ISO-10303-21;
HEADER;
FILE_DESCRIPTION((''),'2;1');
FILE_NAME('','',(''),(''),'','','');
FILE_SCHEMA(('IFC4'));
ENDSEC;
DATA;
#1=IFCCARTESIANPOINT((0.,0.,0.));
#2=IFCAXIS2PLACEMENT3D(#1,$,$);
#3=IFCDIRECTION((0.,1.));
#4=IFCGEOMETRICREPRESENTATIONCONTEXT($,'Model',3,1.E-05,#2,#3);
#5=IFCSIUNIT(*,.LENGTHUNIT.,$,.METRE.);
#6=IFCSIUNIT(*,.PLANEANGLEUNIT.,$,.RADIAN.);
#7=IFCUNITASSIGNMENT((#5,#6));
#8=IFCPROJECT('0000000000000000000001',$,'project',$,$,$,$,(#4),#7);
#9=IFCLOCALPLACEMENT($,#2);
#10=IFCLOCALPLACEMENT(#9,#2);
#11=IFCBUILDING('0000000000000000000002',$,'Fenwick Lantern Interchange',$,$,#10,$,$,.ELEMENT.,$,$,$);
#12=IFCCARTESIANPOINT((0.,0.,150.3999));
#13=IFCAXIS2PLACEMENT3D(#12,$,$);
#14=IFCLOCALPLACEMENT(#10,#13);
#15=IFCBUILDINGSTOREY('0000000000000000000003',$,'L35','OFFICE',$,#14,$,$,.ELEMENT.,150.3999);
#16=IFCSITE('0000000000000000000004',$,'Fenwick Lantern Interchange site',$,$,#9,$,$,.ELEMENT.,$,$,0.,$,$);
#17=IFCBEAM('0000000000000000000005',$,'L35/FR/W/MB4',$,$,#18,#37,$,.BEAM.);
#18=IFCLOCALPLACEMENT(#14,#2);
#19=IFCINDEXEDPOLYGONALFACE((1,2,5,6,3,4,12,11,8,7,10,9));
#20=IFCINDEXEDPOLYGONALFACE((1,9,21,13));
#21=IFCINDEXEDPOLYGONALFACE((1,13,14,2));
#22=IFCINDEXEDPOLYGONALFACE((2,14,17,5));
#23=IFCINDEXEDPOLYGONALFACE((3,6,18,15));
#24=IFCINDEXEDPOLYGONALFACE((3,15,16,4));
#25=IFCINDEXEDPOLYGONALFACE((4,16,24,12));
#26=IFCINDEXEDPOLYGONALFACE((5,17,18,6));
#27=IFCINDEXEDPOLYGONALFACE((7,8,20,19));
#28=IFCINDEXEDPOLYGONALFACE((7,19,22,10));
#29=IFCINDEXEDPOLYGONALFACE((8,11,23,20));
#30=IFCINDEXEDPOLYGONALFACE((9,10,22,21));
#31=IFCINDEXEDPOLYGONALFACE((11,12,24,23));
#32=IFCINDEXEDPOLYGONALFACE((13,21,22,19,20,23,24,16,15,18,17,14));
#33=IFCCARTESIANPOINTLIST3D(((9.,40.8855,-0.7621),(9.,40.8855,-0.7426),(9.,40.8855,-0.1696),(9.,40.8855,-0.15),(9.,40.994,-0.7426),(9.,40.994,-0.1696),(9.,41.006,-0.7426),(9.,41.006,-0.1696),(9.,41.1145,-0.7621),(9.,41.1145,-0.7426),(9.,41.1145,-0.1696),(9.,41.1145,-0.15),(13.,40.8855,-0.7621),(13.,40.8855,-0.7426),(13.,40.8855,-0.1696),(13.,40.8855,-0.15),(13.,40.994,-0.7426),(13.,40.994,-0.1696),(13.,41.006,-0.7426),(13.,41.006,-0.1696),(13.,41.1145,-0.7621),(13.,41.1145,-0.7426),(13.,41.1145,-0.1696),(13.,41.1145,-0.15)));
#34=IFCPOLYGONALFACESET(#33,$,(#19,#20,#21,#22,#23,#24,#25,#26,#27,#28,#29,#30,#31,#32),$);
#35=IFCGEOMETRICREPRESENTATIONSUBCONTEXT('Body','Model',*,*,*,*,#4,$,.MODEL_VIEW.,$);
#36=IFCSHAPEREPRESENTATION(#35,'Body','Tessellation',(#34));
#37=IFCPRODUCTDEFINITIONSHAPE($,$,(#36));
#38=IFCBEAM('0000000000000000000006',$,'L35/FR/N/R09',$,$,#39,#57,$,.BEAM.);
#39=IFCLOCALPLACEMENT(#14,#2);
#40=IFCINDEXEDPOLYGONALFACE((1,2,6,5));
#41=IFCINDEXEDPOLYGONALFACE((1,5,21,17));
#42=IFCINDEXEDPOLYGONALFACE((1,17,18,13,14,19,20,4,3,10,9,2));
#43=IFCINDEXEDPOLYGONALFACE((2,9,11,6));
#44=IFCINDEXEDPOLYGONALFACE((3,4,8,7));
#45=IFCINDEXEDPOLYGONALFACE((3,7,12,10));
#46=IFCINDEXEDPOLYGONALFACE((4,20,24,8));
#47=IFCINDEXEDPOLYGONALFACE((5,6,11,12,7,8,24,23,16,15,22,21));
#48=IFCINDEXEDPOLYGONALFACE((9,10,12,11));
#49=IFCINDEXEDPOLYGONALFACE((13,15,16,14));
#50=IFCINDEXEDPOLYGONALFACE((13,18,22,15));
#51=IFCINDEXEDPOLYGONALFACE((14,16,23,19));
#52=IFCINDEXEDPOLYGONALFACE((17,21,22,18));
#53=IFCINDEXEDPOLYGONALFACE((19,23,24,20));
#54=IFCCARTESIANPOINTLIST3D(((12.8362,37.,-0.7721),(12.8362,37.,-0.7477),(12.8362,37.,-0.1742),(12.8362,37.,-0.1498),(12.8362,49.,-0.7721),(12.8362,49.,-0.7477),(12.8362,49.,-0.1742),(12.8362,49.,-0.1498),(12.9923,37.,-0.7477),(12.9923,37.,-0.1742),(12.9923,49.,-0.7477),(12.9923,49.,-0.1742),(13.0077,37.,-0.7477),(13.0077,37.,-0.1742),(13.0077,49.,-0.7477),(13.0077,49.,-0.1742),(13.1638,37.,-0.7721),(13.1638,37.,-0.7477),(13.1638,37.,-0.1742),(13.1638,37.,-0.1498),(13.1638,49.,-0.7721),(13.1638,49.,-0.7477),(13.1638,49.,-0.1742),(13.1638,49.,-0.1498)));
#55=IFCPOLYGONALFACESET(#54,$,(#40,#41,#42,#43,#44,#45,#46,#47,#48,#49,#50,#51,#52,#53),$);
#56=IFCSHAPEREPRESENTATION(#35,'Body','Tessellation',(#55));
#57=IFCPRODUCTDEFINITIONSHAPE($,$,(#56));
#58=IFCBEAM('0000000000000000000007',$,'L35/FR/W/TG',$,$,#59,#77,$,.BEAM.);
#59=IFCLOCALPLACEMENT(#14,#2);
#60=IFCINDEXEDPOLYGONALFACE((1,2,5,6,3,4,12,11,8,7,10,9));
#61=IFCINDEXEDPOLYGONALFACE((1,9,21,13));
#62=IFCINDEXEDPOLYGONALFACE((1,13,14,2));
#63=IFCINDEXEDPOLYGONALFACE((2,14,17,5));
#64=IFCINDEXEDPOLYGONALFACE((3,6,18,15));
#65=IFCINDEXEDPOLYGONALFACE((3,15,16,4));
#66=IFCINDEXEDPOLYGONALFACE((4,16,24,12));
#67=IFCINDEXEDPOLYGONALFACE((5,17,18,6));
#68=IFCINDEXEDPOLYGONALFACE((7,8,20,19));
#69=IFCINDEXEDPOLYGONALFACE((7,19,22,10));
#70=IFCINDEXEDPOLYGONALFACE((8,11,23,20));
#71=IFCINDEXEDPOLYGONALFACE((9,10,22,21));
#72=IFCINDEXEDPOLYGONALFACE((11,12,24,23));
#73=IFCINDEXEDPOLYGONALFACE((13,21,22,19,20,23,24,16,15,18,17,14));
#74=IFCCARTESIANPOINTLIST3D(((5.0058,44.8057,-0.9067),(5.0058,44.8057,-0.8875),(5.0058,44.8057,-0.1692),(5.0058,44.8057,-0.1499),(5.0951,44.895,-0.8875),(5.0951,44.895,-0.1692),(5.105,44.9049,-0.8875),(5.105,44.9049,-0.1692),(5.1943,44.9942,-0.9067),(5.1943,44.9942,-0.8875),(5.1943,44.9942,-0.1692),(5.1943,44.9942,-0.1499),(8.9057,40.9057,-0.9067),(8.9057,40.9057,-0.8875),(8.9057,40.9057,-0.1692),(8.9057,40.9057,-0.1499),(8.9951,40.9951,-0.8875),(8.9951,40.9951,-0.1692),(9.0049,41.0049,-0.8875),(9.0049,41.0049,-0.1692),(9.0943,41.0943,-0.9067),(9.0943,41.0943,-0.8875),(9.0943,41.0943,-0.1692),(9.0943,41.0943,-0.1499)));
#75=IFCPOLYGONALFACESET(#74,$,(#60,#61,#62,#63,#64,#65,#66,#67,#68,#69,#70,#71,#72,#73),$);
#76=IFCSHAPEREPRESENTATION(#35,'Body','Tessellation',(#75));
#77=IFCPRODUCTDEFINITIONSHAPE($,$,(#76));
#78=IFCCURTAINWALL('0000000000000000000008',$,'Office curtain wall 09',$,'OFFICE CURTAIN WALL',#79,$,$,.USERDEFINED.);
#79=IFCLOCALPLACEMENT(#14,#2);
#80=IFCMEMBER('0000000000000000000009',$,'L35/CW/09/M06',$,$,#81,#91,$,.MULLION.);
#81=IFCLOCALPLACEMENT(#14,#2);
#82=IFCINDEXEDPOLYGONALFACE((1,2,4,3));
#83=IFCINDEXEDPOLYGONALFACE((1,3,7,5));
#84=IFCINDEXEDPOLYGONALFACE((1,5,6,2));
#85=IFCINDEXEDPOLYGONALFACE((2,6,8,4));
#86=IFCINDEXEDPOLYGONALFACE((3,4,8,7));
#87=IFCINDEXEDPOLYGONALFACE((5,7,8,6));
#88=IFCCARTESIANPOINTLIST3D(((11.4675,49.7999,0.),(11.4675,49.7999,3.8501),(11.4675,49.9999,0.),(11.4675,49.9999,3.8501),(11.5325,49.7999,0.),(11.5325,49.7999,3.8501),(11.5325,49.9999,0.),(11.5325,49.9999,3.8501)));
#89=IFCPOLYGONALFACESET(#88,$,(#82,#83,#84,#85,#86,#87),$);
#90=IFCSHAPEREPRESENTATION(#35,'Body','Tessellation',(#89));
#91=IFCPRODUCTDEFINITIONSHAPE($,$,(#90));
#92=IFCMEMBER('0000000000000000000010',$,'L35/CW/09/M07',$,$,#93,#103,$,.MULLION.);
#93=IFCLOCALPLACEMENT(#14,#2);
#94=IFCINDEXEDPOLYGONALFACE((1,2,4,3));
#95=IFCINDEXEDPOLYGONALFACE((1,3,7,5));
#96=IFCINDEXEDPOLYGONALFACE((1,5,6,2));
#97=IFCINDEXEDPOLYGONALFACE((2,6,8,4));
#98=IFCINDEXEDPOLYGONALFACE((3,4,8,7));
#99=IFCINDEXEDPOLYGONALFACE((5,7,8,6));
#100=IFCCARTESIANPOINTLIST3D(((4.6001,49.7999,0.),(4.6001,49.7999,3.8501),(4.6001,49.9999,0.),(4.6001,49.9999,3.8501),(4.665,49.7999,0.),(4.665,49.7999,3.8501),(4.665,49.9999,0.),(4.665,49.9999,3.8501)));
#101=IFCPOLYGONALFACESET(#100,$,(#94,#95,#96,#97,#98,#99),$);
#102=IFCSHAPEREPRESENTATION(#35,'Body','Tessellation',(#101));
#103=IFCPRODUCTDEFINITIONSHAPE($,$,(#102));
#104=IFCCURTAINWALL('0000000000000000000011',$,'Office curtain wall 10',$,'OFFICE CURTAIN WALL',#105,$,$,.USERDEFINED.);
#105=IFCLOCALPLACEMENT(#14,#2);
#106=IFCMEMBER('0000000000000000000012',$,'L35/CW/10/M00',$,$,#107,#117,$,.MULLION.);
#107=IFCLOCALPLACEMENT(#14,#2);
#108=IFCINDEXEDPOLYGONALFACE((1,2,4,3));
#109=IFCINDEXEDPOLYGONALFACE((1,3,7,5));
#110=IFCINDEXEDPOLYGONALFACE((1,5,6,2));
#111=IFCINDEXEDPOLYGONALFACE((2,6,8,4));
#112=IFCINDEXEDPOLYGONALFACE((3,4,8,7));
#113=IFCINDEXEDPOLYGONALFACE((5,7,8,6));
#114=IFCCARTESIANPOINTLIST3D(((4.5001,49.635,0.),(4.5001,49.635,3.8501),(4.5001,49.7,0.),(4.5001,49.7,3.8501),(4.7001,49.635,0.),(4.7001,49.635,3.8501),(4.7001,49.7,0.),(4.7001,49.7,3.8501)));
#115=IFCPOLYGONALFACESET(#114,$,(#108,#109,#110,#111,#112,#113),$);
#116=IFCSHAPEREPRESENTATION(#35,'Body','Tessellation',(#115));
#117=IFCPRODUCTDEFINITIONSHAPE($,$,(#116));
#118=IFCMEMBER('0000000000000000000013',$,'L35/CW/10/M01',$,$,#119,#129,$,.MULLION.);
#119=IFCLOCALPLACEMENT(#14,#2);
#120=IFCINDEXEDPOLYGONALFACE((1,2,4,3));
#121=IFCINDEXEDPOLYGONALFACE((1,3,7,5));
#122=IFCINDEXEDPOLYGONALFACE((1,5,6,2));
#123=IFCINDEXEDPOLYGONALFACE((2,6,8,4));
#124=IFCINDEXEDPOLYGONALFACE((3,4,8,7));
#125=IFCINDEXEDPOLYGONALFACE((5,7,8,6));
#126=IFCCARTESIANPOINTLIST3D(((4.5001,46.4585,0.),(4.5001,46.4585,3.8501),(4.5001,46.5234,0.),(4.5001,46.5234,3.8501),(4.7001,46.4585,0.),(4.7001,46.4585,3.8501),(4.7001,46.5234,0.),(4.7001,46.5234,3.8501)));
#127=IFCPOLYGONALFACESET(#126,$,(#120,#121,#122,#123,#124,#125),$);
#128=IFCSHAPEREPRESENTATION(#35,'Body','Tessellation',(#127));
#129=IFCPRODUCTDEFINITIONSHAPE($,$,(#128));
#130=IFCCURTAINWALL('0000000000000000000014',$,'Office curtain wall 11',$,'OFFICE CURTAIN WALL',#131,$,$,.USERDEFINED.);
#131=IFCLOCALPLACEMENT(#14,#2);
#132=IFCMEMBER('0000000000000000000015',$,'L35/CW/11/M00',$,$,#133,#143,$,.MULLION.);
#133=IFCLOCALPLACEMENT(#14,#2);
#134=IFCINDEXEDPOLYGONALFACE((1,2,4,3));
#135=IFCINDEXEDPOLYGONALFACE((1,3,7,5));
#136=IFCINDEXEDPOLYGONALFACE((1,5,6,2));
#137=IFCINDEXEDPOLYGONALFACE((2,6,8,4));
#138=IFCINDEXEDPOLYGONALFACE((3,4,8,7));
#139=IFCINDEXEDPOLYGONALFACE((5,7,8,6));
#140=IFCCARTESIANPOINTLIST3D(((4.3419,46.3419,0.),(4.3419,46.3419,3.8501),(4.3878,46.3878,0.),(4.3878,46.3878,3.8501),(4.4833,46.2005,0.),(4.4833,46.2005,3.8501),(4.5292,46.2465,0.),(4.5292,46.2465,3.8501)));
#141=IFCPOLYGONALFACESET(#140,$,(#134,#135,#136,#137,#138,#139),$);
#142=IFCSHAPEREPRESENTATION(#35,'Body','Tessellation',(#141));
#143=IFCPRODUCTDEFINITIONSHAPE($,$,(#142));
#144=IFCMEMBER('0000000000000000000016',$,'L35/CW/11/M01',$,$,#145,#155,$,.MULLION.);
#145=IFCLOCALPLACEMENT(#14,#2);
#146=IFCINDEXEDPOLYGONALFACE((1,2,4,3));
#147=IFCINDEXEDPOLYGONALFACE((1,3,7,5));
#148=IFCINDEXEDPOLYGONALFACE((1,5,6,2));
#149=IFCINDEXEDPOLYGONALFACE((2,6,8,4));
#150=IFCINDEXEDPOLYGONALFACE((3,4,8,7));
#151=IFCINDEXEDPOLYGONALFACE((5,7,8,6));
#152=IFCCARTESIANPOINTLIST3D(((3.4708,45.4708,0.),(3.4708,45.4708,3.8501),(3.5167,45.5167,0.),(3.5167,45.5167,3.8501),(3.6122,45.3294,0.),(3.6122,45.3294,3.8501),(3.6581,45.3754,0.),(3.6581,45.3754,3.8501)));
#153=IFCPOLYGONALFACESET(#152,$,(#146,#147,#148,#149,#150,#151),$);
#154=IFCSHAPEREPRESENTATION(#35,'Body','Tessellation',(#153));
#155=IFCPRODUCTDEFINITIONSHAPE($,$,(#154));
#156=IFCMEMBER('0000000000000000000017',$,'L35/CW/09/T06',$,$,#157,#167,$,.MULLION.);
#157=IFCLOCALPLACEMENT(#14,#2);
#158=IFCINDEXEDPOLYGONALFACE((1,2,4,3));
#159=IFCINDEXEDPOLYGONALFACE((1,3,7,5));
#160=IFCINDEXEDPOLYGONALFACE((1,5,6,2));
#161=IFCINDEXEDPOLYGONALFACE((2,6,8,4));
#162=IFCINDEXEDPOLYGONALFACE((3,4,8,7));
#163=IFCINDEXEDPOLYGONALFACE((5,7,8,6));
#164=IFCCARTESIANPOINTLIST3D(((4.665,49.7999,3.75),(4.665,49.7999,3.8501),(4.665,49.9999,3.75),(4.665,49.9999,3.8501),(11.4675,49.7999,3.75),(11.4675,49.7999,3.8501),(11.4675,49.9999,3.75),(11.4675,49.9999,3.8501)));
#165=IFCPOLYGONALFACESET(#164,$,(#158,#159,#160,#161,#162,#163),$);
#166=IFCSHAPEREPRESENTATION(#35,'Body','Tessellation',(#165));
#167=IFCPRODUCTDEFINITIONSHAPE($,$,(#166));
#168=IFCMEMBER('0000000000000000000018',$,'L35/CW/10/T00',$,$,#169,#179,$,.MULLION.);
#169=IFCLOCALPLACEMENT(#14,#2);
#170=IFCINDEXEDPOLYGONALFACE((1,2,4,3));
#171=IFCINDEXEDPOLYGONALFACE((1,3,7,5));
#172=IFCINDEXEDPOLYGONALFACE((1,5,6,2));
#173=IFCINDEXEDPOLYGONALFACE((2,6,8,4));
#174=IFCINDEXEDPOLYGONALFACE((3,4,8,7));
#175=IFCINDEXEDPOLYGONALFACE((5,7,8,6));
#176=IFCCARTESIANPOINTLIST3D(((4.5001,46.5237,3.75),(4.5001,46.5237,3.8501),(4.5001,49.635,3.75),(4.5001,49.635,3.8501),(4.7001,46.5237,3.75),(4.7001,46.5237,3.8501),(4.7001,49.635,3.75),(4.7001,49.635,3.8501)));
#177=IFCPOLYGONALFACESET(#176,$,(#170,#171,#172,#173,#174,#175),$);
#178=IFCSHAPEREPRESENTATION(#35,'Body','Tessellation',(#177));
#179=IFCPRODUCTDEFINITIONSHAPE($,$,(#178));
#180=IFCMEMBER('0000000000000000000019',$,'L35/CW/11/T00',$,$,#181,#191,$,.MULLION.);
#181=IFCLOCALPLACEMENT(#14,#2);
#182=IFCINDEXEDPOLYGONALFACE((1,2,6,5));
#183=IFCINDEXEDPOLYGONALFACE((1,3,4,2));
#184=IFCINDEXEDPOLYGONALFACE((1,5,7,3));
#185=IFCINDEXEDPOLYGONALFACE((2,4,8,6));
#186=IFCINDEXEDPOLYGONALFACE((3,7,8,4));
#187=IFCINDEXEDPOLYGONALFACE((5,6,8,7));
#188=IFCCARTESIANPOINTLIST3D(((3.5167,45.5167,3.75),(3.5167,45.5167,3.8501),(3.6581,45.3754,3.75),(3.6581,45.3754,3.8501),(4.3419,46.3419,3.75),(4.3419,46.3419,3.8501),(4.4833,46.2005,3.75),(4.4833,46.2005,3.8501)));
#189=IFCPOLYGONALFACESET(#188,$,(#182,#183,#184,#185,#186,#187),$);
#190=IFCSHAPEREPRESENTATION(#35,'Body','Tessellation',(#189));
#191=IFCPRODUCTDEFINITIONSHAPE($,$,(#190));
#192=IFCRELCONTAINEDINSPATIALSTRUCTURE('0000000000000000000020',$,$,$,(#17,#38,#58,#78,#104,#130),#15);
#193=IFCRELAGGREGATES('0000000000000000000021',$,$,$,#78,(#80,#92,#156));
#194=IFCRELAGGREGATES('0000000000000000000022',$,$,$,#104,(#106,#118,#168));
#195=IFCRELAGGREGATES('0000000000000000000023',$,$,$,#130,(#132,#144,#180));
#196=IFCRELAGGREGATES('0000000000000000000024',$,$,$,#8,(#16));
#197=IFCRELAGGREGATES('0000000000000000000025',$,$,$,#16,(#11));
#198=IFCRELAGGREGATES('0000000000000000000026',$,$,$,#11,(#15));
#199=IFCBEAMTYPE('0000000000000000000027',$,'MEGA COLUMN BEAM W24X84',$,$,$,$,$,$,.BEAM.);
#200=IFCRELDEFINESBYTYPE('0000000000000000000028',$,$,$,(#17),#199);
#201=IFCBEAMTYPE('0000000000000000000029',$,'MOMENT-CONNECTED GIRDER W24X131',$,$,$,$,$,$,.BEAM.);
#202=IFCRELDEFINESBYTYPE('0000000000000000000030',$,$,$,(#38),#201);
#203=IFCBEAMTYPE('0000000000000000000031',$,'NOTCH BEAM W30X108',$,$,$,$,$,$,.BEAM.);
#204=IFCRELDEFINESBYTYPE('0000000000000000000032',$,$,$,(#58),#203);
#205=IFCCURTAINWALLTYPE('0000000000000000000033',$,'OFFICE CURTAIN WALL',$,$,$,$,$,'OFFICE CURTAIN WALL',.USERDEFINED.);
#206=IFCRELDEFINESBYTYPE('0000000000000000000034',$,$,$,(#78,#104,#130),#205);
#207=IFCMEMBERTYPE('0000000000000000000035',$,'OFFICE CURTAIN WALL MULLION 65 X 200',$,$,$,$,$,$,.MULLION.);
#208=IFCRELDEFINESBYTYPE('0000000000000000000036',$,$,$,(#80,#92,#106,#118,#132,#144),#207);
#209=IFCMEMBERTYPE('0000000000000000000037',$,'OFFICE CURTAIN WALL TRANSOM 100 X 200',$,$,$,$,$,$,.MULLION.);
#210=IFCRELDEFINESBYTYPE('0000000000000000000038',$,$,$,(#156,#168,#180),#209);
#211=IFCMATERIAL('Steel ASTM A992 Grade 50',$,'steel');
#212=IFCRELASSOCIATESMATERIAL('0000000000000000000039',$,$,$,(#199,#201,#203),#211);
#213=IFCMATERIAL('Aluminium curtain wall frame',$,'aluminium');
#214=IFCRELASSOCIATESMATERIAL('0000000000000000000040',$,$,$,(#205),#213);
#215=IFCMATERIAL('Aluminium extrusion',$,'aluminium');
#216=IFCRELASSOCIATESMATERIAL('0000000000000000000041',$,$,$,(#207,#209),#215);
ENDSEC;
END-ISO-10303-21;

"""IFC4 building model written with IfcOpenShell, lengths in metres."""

from ifc_helpers import new_model, si_unit, direction, frame, origin, origin_2d, place, context, subcontext, project, spatial, rectangle, i_section, extrude, material, material_profile, profile_set, type_object, element, aggregate, save


model = new_model("IFC4")

# Units and contexts
model_context = context("Model", 3, precision=1e-05, world=origin(), true_north=direction((0.0, 1.0)))
body_context = subcontext(model_context, "Body", "Model", "MODEL_VIEW")
ifc_project = project(units=[si_unit("LENGTHUNIT", "METRE"), si_unit("PLANEANGLEUNIT", "RADIAN")], contexts=[model_context])

# Site, building, storey
site_placement = place(None, origin())
site = spatial("IfcSite", under=ifc_project, at=site_placement, Name="Fenwick Lantern Interchange site", CompositionType="ELEMENT", RefElevation=0.0)
building_placement = place(site_placement, origin())
building = spatial("IfcBuilding", under=site, at=building_placement, Name="Fenwick Lantern Interchange", CompositionType="ELEMENT")
storey_placement = place(building_placement, frame((0.0, 0.0, 150.3999)))
storey = spatial("IfcBuildingStorey", under=building, at=storey_placement, Name="L35", Description="OFFICE", CompositionType="ELEMENT", Elevation=150.3999)

# Shared definitions
ifc_material_1 = material(Name="Steel ASTM A992 Grade 50", Category="steel")

# Beams
ifc_material_profile_1 = material_profile(ifc_material_1, i_section(OverallWidth=0.229, OverallDepth=0.6121, WebThickness=0.012, FlangeThickness=0.0195, at=origin_2d()), Name="W24X84")
ifc_profile_set_1 = profile_set([ifc_material_profile_1], Name="Steel ASTM A992 Grade 50")
beam_type_1 = type_object("IfcBeamType", Name="MEGA COLUMN BEAM W24X84", PredefinedType="BEAM", material=ifc_profile_set_1)
for number, where, z_axis, x_axis, name in (
    (1, (9.0, 41.0, -0.4561), (1.0, 0.0, 0.0), (0.0, 1.0, 0.0), "L35/FR/W/MB4"),
):
    element("IfcBeam", number, at=place(storey_placement, frame(where, z_axis=z_axis, x_axis=x_axis)), inside=storey, type_object=beam_type_1, Name=name, PredefinedType="BEAM", context=body_context, shape_type="SweptSolid", body=[
        extrude(i_section(OverallWidth=0.229, OverallDepth=0.6121, WebThickness=0.012, FlangeThickness=0.0195, at=origin_2d()), origin(), (0.0, 0.0, 1.0), 4.0),
    ])
ifc_material_profile_2 = material_profile(ifc_material_1, i_section(OverallWidth=0.3276, OverallDepth=0.6223, WebThickness=0.0154, FlangeThickness=0.0244, at=origin_2d()), Name="W24X131")
ifc_profile_set_2 = profile_set([ifc_material_profile_2], Name="Steel ASTM A992 Grade 50")
beam_type_2 = type_object("IfcBeamType", Name="MOMENT-CONNECTED GIRDER W24X131", PredefinedType="BEAM", material=ifc_profile_set_2)
beam_1_placement = place(storey_placement, frame((13.0, 49.0, -0.4609), z_axis=(0.0, -1.0, 0.0), x_axis=(1.0, 0.0, 0.0)))
element("IfcBeam", 2, at=beam_1_placement, inside=storey, type_object=beam_type_2, Name="L35/FR/N/R09", PredefinedType="BEAM", context=body_context, shape_type="SweptSolid", body=[
    extrude(i_section(OverallWidth=0.3276, OverallDepth=0.6223, WebThickness=0.0154, FlangeThickness=0.0244, at=origin_2d()), origin(), (0.0, 0.0, 1.0), 12.0),
])
ifc_material_profile_3 = material_profile(ifc_material_1, i_section(OverallWidth=0.2666, OverallDepth=0.7568, WebThickness=0.0139, FlangeThickness=0.0193, at=origin_2d()), Name="W30X108")
ifc_profile_set_3 = profile_set([ifc_material_profile_3], Name="Steel ASTM A992 Grade 50")
beam_type_3 = type_object("IfcBeamType", Name="NOTCH BEAM W30X108", PredefinedType="BEAM", material=ifc_profile_set_3)
beam_2_placement = place(storey_placement, frame((9.0, 41.0, -0.5283), z_axis=(-0.707107, 0.707107, 0.0), x_axis=(-0.707107, -0.707107, 0.0)))
element("IfcBeam", 3, at=beam_2_placement, inside=storey, type_object=beam_type_3, Name="L35/FR/W/TG", PredefinedType="BEAM", context=body_context, shape_type="SweptSolid", body=[
    extrude(i_section(OverallWidth=0.2666, OverallDepth=0.7568, WebThickness=0.0139, FlangeThickness=0.0193, at=origin_2d()), origin(), (0.0, 0.0, 1.0), 5.5154),
])

# Curtain walls, members
ifc_material_2 = material(Name="Aluminium curtain wall frame", Category="aluminium")
curtain_wall_type = type_object("IfcCurtainWallType", Name="OFFICE CURTAIN WALL", ElementType="OFFICE CURTAIN WALL", PredefinedType="USERDEFINED", material=ifc_material_2)
curtain_wall_1_placement = place(storey_placement, origin())
curtain_wall_1 = element("IfcCurtainWall", 4, at=curtain_wall_1_placement, inside=storey, type_object=curtain_wall_type, Name="Office curtain wall 09", ObjectType="OFFICE CURTAIN WALL", PredefinedType="USERDEFINED")
ifc_material_3 = material(Name="Aluminium extrusion", Category="aluminium")
ifc_material_profile_4 = material_profile(ifc_material_3, rectangle(XDim=0.2, YDim=0.0649, at=origin_2d()), Name="OFFICE CURTAIN WALL MULLION 65 X 200")
ifc_profile_set_4 = profile_set([ifc_material_profile_4], Name="Aluminium extrusion")
member_type_1 = type_object("IfcMemberType", Name="OFFICE CURTAIN WALL MULLION 65 X 200", PredefinedType="MULLION", material=ifc_profile_set_4)
member_1_placement = place(storey_placement, frame((11.5, 49.8999, 0.0), z_axis=(0.0, 0.0, 1.0), x_axis=(0.0, -1.0, 0.0)))
member_1 = element("IfcMember", 5, at=member_1_placement, type_object=member_type_1, Name="L35/CW/09/M06", PredefinedType="MULLION", context=body_context, shape_type="SweptSolid", body=[
    extrude(rectangle(XDim=0.2, YDim=0.0649, at=origin_2d()), origin(), (0.0, 0.0, 1.0), 3.8501),
])
member_2_placement = place(storey_placement, frame((4.6326, 49.8999, 0.0), z_axis=(0.0, 0.0, 1.0), x_axis=(0.0, -1.0, 0.0)))
member_2 = element("IfcMember", 6, at=member_2_placement, type_object=member_type_1, Name="L35/CW/09/M07", PredefinedType="MULLION", context=body_context, shape_type="SweptSolid", body=[
    extrude(rectangle(XDim=0.2, YDim=0.0649, at=origin_2d()), origin(), (0.0, 0.0, 1.0), 3.8501),
])
curtain_wall_2_placement = place(storey_placement, origin())
curtain_wall_2 = element("IfcCurtainWall", 7, at=curtain_wall_2_placement, inside=storey, type_object=curtain_wall_type, Name="Office curtain wall 10", ObjectType="OFFICE CURTAIN WALL", PredefinedType="USERDEFINED")
member_3_placement = place(storey_placement, frame((4.6001, 49.6675, 0.0), z_axis=(0.0, 0.0, 1.0), x_axis=(1.0, 0.0, 0.0)))
member_3 = element("IfcMember", 8, at=member_3_placement, type_object=member_type_1, Name="L35/CW/10/M00", PredefinedType="MULLION", context=body_context, shape_type="SweptSolid", body=[
    extrude(rectangle(XDim=0.2, YDim=0.0649, at=origin_2d()), origin(), (0.0, 0.0, 1.0), 3.8501),
])
member_4_placement = place(storey_placement, frame((4.6001, 46.491, 0.0), z_axis=(0.0, 0.0, 1.0), x_axis=(1.0, 0.0, 0.0)))
member_4 = element("IfcMember", 9, at=member_4_placement, type_object=member_type_1, Name="L35/CW/10/M01", PredefinedType="MULLION", context=body_context, shape_type="SweptSolid", body=[
    extrude(rectangle(XDim=0.2, YDim=0.0649, at=origin_2d()), origin(), (0.0, 0.0, 1.0), 3.8501),
])
curtain_wall_3_placement = place(storey_placement, origin())
curtain_wall_3 = element("IfcCurtainWall", 10, at=curtain_wall_3_placement, inside=storey, type_object=curtain_wall_type, Name="Office curtain wall 11", ObjectType="OFFICE CURTAIN WALL", PredefinedType="USERDEFINED")
member_5_placement = place(storey_placement, frame((4.4355, 46.2942, 0.0), z_axis=(0.0, 0.0, 1.0), x_axis=(0.707107, -0.707107, 0.0)))
member_5 = element("IfcMember", 11, at=member_5_placement, type_object=member_type_1, Name="L35/CW/11/M00", PredefinedType="MULLION", context=body_context, shape_type="SweptSolid", body=[
    extrude(rectangle(XDim=0.2, YDim=0.0649, at=origin_2d()), origin(), (0.0, 0.0, 1.0), 3.8501),
])
member_6_placement = place(storey_placement, frame((3.5645, 45.4231, 0.0), z_axis=(0.0, 0.0, 1.0), x_axis=(0.707107, -0.707107, 0.0)))
member_6 = element("IfcMember", 12, at=member_6_placement, type_object=member_type_1, Name="L35/CW/11/M01", PredefinedType="MULLION", context=body_context, shape_type="SweptSolid", body=[
    extrude(rectangle(XDim=0.2, YDim=0.0649, at=origin_2d()), origin(), (0.0, 0.0, 1.0), 3.8501),
])

# Members
ifc_material_profile_5 = material_profile(ifc_material_3, rectangle(XDim=0.2, YDim=0.1001, at=origin_2d()), Name="OFFICE CURTAIN WALL TRANSOM 100 X 200")
ifc_profile_set_5 = profile_set([ifc_material_profile_5], Name="Aluminium extrusion")
member_type_2 = type_object("IfcMemberType", Name="OFFICE CURTAIN WALL TRANSOM 100 X 200", PredefinedType="MULLION", material=ifc_profile_set_5)
member_7_placement = place(storey_placement, frame((11.4675, 49.8999, 3.8), z_axis=(-1.0, 0.0, 0.0), x_axis=(0.0, -1.0, 0.0)))
member_7 = element("IfcMember", 13, at=member_7_placement, type_object=member_type_2, Name="L35/CW/09/T06", PredefinedType="MULLION", context=body_context, shape_type="SweptSolid", body=[
    extrude(rectangle(XDim=0.2, YDim=0.1001, at=origin_2d()), origin(), (0.0, 0.0, 1.0), 6.8025),
])
aggregate(curtain_wall_1, [member_1, member_2, member_7])
member_8_placement = place(storey_placement, frame((4.6001, 49.635, 3.8), z_axis=(0.0, -1.0, 0.0), x_axis=(1.0, 0.0, 0.0)))
member_8 = element("IfcMember", 14, at=member_8_placement, type_object=member_type_2, Name="L35/CW/10/T00", PredefinedType="MULLION", context=body_context, shape_type="SweptSolid", body=[
    extrude(rectangle(XDim=0.2, YDim=0.1001, at=origin_2d()), origin(), (0.0, 0.0, 1.0), 3.1113),
])
member_9_placement = place(storey_placement, frame((4.4126, 46.2712, 3.8), z_axis=(-0.707107, -0.707107, 0.0), x_axis=(0.707107, -0.707107, 0.0)))
member_9 = element("IfcMember", 15, at=member_9_placement, type_object=member_type_2, Name="L35/CW/11/T00", PredefinedType="MULLION", context=body_context, shape_type="SweptSolid", body=[
    extrude(rectangle(XDim=0.2, YDim=0.1001, at=origin_2d()), origin(), (0.0, 0.0, 1.0), 1.167),
])

aggregate(curtain_wall_2, [member_3, member_4, member_8])
aggregate(curtain_wall_3, [member_5, member_6, member_9])

save(model, "model.ifc")
